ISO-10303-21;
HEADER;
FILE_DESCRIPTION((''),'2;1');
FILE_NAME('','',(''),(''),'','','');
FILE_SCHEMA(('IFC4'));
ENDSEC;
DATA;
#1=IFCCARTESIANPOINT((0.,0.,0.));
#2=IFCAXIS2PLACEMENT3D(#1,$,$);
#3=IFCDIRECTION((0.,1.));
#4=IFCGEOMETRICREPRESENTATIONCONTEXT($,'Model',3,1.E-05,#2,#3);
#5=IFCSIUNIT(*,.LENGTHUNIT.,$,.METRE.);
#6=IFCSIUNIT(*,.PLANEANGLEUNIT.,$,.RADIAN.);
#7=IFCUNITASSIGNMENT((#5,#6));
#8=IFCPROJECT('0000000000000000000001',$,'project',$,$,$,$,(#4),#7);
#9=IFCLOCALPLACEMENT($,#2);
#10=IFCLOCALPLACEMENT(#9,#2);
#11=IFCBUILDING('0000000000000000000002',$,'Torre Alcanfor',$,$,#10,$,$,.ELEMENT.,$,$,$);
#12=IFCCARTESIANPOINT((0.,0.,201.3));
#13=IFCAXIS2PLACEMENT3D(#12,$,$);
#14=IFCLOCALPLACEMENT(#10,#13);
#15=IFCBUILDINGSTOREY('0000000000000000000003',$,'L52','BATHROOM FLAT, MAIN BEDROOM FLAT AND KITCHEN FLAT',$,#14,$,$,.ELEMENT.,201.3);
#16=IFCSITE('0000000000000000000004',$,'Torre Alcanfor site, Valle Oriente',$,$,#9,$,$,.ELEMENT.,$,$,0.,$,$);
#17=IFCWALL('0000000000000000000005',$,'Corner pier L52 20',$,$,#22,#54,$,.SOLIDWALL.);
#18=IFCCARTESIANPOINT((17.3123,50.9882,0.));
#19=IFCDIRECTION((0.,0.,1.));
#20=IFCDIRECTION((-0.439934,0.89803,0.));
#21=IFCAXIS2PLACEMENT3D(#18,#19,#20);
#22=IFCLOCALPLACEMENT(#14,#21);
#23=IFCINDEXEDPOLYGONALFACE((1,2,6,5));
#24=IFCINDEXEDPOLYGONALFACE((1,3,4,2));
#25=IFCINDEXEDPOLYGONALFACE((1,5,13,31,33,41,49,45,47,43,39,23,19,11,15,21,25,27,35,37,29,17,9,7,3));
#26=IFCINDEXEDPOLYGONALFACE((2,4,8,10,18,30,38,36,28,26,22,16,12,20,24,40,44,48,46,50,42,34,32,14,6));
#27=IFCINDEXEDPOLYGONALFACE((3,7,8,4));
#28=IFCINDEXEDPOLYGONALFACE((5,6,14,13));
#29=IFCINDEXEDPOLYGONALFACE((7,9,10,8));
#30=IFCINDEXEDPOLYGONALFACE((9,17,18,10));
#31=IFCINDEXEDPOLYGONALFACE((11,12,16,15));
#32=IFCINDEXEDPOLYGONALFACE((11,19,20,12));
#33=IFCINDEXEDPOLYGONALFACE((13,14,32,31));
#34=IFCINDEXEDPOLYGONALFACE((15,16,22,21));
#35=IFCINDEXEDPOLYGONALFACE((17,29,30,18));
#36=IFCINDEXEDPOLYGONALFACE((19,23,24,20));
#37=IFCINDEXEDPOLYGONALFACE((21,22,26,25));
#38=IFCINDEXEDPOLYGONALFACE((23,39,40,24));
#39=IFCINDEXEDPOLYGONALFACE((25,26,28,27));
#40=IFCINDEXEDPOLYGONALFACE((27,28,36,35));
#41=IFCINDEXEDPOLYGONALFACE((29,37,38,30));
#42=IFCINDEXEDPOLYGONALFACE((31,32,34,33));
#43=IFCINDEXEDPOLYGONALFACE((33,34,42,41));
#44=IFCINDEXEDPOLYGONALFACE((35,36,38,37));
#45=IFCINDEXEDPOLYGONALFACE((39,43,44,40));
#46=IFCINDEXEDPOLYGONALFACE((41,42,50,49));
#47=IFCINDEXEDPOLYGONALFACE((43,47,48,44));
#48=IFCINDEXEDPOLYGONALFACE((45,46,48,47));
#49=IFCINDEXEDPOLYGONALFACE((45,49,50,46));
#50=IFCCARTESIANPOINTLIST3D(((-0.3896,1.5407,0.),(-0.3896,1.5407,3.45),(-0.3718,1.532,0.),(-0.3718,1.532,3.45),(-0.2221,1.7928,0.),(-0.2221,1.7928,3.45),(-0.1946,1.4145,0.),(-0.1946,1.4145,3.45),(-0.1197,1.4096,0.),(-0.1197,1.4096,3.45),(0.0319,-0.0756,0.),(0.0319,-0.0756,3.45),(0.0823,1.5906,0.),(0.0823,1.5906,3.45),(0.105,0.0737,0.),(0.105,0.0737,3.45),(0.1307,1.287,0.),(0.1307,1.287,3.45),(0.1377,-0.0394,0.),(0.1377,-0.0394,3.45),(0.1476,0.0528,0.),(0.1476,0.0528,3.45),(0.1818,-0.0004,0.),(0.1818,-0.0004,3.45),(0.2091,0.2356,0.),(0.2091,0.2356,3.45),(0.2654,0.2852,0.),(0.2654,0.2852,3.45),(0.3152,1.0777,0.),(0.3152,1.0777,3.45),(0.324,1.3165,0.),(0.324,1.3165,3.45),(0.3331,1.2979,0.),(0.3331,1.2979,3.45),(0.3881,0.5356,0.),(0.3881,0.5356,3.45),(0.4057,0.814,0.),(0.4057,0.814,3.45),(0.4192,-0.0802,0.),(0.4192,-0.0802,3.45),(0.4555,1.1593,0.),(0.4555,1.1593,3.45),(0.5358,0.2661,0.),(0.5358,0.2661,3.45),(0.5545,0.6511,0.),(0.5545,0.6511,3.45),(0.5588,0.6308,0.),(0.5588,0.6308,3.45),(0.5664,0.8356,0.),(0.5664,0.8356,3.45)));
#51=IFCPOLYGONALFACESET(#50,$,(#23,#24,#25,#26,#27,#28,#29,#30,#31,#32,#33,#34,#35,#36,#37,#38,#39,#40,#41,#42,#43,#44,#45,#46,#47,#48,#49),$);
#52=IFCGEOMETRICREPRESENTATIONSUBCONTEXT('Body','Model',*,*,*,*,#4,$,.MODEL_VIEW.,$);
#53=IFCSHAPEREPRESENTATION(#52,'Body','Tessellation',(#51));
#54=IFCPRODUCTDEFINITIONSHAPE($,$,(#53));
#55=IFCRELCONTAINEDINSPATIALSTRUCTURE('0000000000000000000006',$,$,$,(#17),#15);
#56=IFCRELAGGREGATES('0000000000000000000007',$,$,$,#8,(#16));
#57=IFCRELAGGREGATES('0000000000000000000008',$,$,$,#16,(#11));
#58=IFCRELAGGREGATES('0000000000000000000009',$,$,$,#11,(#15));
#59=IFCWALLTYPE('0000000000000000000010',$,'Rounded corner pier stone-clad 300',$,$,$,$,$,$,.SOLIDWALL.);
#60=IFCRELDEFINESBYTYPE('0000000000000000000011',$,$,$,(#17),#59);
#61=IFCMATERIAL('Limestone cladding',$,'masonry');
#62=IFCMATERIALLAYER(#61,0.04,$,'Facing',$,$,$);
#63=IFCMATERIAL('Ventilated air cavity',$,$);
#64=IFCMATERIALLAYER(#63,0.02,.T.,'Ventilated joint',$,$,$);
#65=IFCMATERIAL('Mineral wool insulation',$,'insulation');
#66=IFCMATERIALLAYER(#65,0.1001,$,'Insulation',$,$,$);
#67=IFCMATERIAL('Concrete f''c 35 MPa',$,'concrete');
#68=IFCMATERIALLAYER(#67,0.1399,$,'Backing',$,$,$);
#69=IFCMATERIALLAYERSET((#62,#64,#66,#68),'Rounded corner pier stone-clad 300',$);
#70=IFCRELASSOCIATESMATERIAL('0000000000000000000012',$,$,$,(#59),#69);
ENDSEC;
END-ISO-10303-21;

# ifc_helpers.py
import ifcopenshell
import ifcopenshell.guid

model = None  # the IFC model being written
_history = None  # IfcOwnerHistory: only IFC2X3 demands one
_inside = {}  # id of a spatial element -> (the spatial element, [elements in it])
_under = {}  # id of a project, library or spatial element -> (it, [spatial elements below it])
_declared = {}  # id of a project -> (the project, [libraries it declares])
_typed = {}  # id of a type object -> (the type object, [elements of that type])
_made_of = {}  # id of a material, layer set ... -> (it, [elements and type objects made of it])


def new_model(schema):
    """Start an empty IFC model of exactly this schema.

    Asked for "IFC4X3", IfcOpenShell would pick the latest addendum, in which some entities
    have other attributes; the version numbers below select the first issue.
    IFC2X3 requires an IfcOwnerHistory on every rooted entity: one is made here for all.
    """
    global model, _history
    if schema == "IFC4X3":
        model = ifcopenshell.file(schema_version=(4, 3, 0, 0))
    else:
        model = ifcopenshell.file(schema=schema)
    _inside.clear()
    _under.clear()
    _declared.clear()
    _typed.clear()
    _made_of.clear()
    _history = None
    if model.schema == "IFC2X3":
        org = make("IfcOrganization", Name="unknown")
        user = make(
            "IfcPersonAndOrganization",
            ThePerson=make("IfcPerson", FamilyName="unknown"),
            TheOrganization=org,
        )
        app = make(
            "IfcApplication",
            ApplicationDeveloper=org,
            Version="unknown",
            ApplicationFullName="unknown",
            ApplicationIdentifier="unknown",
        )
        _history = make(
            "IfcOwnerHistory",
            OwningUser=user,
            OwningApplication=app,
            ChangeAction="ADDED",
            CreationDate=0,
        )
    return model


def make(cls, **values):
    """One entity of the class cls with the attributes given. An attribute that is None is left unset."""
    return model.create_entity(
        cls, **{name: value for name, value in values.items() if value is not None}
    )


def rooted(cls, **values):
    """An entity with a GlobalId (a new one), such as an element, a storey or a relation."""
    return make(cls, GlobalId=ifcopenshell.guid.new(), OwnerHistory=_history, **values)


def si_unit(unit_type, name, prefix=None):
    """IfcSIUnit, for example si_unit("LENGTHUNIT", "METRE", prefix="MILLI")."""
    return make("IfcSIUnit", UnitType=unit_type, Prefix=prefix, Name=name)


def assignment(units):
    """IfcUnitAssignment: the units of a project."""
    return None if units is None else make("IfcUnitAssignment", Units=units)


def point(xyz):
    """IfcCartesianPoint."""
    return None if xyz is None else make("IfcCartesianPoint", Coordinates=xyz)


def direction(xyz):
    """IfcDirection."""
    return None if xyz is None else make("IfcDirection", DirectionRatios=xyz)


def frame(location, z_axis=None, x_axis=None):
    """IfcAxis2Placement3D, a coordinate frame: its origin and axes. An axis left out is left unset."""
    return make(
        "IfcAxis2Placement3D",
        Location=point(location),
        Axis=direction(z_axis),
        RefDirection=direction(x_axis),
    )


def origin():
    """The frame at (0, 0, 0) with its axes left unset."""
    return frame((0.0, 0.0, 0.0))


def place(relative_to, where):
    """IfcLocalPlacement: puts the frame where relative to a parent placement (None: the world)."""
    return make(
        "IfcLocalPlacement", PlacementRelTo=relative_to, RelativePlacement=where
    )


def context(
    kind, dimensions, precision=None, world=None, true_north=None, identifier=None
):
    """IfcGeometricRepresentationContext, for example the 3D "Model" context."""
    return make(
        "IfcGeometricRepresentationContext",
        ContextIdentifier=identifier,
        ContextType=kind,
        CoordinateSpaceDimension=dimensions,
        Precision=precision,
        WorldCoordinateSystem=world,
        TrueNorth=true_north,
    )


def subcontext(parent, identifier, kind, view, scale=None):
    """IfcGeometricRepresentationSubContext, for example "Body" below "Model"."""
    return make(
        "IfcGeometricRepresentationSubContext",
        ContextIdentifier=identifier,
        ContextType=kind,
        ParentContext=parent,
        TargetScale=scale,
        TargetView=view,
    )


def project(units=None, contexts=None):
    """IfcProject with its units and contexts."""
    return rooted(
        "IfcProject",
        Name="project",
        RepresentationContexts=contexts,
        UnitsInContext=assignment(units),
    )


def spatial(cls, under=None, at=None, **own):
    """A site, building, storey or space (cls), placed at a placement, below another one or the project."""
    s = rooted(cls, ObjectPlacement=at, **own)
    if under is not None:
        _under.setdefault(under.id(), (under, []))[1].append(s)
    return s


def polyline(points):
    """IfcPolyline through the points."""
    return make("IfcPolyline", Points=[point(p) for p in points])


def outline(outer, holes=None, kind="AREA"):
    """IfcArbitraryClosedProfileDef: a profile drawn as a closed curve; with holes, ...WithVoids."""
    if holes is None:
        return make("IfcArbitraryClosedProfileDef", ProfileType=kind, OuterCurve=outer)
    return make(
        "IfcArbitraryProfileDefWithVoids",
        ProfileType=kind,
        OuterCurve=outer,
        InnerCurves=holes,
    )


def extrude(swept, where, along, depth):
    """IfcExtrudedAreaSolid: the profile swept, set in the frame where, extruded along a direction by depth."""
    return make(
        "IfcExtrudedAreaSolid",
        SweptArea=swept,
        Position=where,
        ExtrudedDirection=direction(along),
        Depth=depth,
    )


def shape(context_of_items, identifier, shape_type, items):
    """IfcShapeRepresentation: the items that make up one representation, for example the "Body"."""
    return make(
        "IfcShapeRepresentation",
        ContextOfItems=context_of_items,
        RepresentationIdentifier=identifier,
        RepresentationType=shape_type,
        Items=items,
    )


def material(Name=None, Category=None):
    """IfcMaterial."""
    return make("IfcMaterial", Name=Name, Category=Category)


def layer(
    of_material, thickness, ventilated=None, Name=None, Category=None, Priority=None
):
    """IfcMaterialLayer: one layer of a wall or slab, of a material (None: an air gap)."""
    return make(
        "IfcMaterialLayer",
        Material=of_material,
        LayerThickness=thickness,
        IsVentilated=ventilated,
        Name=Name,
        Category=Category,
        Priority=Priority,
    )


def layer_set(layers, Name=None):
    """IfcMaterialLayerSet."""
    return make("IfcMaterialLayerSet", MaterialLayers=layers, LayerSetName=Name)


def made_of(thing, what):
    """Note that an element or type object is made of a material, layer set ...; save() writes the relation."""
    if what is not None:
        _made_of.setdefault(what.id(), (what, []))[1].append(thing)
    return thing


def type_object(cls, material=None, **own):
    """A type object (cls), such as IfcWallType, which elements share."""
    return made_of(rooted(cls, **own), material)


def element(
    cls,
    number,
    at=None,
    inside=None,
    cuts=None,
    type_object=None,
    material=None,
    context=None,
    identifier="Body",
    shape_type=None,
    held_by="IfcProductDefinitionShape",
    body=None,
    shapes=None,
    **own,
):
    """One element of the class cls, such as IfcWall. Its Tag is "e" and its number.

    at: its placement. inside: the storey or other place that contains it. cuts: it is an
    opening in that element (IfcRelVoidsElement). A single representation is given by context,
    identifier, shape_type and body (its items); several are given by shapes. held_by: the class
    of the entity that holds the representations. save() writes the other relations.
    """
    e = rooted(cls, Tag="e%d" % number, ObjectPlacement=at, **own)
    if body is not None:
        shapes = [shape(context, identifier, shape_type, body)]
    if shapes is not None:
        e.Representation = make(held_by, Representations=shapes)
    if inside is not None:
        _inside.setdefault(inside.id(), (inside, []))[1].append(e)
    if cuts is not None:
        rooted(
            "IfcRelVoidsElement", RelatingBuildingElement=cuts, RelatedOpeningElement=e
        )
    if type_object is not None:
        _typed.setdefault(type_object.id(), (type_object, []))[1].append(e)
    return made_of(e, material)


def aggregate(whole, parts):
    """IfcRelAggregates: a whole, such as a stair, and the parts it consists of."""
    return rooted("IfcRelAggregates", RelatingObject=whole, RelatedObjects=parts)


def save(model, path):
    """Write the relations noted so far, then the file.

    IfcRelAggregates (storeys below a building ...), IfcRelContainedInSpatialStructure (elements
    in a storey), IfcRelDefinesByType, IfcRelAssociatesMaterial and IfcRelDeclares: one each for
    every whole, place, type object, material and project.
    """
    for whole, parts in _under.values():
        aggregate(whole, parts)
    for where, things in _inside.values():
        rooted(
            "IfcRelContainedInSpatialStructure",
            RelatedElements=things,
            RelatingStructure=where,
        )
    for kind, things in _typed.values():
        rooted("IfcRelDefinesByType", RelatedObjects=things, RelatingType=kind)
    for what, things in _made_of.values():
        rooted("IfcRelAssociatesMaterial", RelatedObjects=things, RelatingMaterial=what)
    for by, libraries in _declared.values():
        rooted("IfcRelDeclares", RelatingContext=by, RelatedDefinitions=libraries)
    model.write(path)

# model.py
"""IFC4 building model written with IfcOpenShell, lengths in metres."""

from ifc_helpers import new_model, si_unit, direction, frame, origin, place, context, subcontext, project, spatial, polyline, outline, extrude, material, layer, layer_set, type_object, element, save


model = new_model("IFC4")

# Units and contexts
model_context = context("Model", 3, precision=1e-05, world=origin(), true_north=direction((0.0, 1.0)))
body_context = subcontext(model_context, "Body", "Model", "MODEL_VIEW")
ifc_project = project(units=[si_unit("LENGTHUNIT", "METRE"), si_unit("PLANEANGLEUNIT", "RADIAN")], contexts=[model_context])

# Site, building, storey
site_placement = place(None, origin())
site = spatial("IfcSite", under=ifc_project, at=site_placement, Name="Torre Alcanfor site, Valle Oriente", CompositionType="ELEMENT", RefElevation=0.0)
building_placement = place(site_placement, origin())
building = spatial("IfcBuilding", under=site, at=building_placement, Name="Torre Alcanfor", CompositionType="ELEMENT")
storey_placement = place(building_placement, frame((0.0, 0.0, 201.3)))
storey = spatial("IfcBuildingStorey", under=building, at=storey_placement, Name="L52", Description="BATHROOM FLAT, MAIN BEDROOM FLAT AND KITCHEN FLAT", CompositionType="ELEMENT", Elevation=201.3)

# Shared definitions
ifc_material_1 = material(Name="Limestone cladding", Category="masonry")
ifc_material_2 = material(Name="Ventilated air cavity")
ifc_material_3 = material(Name="Mineral wool insulation", Category="insulation")
ifc_material_4 = material(Name="Concrete f'c 35 MPa", Category="concrete")

# Wall
ifc_layer_1 = layer(ifc_material_1, 0.04, Name="Facing")
ifc_layer_2 = layer(ifc_material_2, 0.02, ventilated=True, Name="Ventilated joint")
ifc_layer_3 = layer(ifc_material_3, 0.1001, Name="Insulation")
ifc_layer_4 = layer(ifc_material_4, 0.1399, Name="Backing")
ifc_layer_set_1 = layer_set([ifc_layer_1, ifc_layer_2, ifc_layer_3, ifc_layer_4], Name="Rounded corner pier stone-clad 300")
wall_type_1 = type_object("IfcWallType", Name="Rounded corner pier stone-clad 300", PredefinedType="SOLIDWALL", material=ifc_layer_set_1)
wall_1_placement = place(storey_placement, frame((17.3123, 50.9882, 0.0), z_axis=(0.0, 0.0, 1.0), x_axis=(-0.439934, 0.89803, 0.0)))
element("IfcWall", 1, at=wall_1_placement, inside=storey, type_object=wall_type_1, Name="Corner pier L52 20", PredefinedType="SOLIDWALL", context=body_context, shape_type="SweptSolid", body=[
    extrude(outline(polyline([(0.1377, -0.0394), (0.1818, -0.0004), (0.4192, -0.0802), (0.5358, 0.2661), (0.5588, 0.6308), (0.5545, 0.6511), (0.5664, 0.8356), (0.4555, 1.1593), (0.3331, 1.2979), (0.324, 1.3165), (0.0823, 1.5906), (-0.2221, 1.7928), (-0.3896, 1.5407), (-0.3718, 1.532), (-0.1946, 1.4145), (-0.1197, 1.4096), (0.1307, 1.287), (0.3152, 1.0777), (0.4057, 0.814), (0.3881, 0.5356), (0.2654, 0.2852), (0.2091, 0.2356), (0.1476, 0.0528), (0.105, 0.0737), (0.0319, -0.0756), (0.1377, -0.0394)])), origin(), (0.0, 0.0, 1.0), 3.45),
])

save(model, "model.ifc")
